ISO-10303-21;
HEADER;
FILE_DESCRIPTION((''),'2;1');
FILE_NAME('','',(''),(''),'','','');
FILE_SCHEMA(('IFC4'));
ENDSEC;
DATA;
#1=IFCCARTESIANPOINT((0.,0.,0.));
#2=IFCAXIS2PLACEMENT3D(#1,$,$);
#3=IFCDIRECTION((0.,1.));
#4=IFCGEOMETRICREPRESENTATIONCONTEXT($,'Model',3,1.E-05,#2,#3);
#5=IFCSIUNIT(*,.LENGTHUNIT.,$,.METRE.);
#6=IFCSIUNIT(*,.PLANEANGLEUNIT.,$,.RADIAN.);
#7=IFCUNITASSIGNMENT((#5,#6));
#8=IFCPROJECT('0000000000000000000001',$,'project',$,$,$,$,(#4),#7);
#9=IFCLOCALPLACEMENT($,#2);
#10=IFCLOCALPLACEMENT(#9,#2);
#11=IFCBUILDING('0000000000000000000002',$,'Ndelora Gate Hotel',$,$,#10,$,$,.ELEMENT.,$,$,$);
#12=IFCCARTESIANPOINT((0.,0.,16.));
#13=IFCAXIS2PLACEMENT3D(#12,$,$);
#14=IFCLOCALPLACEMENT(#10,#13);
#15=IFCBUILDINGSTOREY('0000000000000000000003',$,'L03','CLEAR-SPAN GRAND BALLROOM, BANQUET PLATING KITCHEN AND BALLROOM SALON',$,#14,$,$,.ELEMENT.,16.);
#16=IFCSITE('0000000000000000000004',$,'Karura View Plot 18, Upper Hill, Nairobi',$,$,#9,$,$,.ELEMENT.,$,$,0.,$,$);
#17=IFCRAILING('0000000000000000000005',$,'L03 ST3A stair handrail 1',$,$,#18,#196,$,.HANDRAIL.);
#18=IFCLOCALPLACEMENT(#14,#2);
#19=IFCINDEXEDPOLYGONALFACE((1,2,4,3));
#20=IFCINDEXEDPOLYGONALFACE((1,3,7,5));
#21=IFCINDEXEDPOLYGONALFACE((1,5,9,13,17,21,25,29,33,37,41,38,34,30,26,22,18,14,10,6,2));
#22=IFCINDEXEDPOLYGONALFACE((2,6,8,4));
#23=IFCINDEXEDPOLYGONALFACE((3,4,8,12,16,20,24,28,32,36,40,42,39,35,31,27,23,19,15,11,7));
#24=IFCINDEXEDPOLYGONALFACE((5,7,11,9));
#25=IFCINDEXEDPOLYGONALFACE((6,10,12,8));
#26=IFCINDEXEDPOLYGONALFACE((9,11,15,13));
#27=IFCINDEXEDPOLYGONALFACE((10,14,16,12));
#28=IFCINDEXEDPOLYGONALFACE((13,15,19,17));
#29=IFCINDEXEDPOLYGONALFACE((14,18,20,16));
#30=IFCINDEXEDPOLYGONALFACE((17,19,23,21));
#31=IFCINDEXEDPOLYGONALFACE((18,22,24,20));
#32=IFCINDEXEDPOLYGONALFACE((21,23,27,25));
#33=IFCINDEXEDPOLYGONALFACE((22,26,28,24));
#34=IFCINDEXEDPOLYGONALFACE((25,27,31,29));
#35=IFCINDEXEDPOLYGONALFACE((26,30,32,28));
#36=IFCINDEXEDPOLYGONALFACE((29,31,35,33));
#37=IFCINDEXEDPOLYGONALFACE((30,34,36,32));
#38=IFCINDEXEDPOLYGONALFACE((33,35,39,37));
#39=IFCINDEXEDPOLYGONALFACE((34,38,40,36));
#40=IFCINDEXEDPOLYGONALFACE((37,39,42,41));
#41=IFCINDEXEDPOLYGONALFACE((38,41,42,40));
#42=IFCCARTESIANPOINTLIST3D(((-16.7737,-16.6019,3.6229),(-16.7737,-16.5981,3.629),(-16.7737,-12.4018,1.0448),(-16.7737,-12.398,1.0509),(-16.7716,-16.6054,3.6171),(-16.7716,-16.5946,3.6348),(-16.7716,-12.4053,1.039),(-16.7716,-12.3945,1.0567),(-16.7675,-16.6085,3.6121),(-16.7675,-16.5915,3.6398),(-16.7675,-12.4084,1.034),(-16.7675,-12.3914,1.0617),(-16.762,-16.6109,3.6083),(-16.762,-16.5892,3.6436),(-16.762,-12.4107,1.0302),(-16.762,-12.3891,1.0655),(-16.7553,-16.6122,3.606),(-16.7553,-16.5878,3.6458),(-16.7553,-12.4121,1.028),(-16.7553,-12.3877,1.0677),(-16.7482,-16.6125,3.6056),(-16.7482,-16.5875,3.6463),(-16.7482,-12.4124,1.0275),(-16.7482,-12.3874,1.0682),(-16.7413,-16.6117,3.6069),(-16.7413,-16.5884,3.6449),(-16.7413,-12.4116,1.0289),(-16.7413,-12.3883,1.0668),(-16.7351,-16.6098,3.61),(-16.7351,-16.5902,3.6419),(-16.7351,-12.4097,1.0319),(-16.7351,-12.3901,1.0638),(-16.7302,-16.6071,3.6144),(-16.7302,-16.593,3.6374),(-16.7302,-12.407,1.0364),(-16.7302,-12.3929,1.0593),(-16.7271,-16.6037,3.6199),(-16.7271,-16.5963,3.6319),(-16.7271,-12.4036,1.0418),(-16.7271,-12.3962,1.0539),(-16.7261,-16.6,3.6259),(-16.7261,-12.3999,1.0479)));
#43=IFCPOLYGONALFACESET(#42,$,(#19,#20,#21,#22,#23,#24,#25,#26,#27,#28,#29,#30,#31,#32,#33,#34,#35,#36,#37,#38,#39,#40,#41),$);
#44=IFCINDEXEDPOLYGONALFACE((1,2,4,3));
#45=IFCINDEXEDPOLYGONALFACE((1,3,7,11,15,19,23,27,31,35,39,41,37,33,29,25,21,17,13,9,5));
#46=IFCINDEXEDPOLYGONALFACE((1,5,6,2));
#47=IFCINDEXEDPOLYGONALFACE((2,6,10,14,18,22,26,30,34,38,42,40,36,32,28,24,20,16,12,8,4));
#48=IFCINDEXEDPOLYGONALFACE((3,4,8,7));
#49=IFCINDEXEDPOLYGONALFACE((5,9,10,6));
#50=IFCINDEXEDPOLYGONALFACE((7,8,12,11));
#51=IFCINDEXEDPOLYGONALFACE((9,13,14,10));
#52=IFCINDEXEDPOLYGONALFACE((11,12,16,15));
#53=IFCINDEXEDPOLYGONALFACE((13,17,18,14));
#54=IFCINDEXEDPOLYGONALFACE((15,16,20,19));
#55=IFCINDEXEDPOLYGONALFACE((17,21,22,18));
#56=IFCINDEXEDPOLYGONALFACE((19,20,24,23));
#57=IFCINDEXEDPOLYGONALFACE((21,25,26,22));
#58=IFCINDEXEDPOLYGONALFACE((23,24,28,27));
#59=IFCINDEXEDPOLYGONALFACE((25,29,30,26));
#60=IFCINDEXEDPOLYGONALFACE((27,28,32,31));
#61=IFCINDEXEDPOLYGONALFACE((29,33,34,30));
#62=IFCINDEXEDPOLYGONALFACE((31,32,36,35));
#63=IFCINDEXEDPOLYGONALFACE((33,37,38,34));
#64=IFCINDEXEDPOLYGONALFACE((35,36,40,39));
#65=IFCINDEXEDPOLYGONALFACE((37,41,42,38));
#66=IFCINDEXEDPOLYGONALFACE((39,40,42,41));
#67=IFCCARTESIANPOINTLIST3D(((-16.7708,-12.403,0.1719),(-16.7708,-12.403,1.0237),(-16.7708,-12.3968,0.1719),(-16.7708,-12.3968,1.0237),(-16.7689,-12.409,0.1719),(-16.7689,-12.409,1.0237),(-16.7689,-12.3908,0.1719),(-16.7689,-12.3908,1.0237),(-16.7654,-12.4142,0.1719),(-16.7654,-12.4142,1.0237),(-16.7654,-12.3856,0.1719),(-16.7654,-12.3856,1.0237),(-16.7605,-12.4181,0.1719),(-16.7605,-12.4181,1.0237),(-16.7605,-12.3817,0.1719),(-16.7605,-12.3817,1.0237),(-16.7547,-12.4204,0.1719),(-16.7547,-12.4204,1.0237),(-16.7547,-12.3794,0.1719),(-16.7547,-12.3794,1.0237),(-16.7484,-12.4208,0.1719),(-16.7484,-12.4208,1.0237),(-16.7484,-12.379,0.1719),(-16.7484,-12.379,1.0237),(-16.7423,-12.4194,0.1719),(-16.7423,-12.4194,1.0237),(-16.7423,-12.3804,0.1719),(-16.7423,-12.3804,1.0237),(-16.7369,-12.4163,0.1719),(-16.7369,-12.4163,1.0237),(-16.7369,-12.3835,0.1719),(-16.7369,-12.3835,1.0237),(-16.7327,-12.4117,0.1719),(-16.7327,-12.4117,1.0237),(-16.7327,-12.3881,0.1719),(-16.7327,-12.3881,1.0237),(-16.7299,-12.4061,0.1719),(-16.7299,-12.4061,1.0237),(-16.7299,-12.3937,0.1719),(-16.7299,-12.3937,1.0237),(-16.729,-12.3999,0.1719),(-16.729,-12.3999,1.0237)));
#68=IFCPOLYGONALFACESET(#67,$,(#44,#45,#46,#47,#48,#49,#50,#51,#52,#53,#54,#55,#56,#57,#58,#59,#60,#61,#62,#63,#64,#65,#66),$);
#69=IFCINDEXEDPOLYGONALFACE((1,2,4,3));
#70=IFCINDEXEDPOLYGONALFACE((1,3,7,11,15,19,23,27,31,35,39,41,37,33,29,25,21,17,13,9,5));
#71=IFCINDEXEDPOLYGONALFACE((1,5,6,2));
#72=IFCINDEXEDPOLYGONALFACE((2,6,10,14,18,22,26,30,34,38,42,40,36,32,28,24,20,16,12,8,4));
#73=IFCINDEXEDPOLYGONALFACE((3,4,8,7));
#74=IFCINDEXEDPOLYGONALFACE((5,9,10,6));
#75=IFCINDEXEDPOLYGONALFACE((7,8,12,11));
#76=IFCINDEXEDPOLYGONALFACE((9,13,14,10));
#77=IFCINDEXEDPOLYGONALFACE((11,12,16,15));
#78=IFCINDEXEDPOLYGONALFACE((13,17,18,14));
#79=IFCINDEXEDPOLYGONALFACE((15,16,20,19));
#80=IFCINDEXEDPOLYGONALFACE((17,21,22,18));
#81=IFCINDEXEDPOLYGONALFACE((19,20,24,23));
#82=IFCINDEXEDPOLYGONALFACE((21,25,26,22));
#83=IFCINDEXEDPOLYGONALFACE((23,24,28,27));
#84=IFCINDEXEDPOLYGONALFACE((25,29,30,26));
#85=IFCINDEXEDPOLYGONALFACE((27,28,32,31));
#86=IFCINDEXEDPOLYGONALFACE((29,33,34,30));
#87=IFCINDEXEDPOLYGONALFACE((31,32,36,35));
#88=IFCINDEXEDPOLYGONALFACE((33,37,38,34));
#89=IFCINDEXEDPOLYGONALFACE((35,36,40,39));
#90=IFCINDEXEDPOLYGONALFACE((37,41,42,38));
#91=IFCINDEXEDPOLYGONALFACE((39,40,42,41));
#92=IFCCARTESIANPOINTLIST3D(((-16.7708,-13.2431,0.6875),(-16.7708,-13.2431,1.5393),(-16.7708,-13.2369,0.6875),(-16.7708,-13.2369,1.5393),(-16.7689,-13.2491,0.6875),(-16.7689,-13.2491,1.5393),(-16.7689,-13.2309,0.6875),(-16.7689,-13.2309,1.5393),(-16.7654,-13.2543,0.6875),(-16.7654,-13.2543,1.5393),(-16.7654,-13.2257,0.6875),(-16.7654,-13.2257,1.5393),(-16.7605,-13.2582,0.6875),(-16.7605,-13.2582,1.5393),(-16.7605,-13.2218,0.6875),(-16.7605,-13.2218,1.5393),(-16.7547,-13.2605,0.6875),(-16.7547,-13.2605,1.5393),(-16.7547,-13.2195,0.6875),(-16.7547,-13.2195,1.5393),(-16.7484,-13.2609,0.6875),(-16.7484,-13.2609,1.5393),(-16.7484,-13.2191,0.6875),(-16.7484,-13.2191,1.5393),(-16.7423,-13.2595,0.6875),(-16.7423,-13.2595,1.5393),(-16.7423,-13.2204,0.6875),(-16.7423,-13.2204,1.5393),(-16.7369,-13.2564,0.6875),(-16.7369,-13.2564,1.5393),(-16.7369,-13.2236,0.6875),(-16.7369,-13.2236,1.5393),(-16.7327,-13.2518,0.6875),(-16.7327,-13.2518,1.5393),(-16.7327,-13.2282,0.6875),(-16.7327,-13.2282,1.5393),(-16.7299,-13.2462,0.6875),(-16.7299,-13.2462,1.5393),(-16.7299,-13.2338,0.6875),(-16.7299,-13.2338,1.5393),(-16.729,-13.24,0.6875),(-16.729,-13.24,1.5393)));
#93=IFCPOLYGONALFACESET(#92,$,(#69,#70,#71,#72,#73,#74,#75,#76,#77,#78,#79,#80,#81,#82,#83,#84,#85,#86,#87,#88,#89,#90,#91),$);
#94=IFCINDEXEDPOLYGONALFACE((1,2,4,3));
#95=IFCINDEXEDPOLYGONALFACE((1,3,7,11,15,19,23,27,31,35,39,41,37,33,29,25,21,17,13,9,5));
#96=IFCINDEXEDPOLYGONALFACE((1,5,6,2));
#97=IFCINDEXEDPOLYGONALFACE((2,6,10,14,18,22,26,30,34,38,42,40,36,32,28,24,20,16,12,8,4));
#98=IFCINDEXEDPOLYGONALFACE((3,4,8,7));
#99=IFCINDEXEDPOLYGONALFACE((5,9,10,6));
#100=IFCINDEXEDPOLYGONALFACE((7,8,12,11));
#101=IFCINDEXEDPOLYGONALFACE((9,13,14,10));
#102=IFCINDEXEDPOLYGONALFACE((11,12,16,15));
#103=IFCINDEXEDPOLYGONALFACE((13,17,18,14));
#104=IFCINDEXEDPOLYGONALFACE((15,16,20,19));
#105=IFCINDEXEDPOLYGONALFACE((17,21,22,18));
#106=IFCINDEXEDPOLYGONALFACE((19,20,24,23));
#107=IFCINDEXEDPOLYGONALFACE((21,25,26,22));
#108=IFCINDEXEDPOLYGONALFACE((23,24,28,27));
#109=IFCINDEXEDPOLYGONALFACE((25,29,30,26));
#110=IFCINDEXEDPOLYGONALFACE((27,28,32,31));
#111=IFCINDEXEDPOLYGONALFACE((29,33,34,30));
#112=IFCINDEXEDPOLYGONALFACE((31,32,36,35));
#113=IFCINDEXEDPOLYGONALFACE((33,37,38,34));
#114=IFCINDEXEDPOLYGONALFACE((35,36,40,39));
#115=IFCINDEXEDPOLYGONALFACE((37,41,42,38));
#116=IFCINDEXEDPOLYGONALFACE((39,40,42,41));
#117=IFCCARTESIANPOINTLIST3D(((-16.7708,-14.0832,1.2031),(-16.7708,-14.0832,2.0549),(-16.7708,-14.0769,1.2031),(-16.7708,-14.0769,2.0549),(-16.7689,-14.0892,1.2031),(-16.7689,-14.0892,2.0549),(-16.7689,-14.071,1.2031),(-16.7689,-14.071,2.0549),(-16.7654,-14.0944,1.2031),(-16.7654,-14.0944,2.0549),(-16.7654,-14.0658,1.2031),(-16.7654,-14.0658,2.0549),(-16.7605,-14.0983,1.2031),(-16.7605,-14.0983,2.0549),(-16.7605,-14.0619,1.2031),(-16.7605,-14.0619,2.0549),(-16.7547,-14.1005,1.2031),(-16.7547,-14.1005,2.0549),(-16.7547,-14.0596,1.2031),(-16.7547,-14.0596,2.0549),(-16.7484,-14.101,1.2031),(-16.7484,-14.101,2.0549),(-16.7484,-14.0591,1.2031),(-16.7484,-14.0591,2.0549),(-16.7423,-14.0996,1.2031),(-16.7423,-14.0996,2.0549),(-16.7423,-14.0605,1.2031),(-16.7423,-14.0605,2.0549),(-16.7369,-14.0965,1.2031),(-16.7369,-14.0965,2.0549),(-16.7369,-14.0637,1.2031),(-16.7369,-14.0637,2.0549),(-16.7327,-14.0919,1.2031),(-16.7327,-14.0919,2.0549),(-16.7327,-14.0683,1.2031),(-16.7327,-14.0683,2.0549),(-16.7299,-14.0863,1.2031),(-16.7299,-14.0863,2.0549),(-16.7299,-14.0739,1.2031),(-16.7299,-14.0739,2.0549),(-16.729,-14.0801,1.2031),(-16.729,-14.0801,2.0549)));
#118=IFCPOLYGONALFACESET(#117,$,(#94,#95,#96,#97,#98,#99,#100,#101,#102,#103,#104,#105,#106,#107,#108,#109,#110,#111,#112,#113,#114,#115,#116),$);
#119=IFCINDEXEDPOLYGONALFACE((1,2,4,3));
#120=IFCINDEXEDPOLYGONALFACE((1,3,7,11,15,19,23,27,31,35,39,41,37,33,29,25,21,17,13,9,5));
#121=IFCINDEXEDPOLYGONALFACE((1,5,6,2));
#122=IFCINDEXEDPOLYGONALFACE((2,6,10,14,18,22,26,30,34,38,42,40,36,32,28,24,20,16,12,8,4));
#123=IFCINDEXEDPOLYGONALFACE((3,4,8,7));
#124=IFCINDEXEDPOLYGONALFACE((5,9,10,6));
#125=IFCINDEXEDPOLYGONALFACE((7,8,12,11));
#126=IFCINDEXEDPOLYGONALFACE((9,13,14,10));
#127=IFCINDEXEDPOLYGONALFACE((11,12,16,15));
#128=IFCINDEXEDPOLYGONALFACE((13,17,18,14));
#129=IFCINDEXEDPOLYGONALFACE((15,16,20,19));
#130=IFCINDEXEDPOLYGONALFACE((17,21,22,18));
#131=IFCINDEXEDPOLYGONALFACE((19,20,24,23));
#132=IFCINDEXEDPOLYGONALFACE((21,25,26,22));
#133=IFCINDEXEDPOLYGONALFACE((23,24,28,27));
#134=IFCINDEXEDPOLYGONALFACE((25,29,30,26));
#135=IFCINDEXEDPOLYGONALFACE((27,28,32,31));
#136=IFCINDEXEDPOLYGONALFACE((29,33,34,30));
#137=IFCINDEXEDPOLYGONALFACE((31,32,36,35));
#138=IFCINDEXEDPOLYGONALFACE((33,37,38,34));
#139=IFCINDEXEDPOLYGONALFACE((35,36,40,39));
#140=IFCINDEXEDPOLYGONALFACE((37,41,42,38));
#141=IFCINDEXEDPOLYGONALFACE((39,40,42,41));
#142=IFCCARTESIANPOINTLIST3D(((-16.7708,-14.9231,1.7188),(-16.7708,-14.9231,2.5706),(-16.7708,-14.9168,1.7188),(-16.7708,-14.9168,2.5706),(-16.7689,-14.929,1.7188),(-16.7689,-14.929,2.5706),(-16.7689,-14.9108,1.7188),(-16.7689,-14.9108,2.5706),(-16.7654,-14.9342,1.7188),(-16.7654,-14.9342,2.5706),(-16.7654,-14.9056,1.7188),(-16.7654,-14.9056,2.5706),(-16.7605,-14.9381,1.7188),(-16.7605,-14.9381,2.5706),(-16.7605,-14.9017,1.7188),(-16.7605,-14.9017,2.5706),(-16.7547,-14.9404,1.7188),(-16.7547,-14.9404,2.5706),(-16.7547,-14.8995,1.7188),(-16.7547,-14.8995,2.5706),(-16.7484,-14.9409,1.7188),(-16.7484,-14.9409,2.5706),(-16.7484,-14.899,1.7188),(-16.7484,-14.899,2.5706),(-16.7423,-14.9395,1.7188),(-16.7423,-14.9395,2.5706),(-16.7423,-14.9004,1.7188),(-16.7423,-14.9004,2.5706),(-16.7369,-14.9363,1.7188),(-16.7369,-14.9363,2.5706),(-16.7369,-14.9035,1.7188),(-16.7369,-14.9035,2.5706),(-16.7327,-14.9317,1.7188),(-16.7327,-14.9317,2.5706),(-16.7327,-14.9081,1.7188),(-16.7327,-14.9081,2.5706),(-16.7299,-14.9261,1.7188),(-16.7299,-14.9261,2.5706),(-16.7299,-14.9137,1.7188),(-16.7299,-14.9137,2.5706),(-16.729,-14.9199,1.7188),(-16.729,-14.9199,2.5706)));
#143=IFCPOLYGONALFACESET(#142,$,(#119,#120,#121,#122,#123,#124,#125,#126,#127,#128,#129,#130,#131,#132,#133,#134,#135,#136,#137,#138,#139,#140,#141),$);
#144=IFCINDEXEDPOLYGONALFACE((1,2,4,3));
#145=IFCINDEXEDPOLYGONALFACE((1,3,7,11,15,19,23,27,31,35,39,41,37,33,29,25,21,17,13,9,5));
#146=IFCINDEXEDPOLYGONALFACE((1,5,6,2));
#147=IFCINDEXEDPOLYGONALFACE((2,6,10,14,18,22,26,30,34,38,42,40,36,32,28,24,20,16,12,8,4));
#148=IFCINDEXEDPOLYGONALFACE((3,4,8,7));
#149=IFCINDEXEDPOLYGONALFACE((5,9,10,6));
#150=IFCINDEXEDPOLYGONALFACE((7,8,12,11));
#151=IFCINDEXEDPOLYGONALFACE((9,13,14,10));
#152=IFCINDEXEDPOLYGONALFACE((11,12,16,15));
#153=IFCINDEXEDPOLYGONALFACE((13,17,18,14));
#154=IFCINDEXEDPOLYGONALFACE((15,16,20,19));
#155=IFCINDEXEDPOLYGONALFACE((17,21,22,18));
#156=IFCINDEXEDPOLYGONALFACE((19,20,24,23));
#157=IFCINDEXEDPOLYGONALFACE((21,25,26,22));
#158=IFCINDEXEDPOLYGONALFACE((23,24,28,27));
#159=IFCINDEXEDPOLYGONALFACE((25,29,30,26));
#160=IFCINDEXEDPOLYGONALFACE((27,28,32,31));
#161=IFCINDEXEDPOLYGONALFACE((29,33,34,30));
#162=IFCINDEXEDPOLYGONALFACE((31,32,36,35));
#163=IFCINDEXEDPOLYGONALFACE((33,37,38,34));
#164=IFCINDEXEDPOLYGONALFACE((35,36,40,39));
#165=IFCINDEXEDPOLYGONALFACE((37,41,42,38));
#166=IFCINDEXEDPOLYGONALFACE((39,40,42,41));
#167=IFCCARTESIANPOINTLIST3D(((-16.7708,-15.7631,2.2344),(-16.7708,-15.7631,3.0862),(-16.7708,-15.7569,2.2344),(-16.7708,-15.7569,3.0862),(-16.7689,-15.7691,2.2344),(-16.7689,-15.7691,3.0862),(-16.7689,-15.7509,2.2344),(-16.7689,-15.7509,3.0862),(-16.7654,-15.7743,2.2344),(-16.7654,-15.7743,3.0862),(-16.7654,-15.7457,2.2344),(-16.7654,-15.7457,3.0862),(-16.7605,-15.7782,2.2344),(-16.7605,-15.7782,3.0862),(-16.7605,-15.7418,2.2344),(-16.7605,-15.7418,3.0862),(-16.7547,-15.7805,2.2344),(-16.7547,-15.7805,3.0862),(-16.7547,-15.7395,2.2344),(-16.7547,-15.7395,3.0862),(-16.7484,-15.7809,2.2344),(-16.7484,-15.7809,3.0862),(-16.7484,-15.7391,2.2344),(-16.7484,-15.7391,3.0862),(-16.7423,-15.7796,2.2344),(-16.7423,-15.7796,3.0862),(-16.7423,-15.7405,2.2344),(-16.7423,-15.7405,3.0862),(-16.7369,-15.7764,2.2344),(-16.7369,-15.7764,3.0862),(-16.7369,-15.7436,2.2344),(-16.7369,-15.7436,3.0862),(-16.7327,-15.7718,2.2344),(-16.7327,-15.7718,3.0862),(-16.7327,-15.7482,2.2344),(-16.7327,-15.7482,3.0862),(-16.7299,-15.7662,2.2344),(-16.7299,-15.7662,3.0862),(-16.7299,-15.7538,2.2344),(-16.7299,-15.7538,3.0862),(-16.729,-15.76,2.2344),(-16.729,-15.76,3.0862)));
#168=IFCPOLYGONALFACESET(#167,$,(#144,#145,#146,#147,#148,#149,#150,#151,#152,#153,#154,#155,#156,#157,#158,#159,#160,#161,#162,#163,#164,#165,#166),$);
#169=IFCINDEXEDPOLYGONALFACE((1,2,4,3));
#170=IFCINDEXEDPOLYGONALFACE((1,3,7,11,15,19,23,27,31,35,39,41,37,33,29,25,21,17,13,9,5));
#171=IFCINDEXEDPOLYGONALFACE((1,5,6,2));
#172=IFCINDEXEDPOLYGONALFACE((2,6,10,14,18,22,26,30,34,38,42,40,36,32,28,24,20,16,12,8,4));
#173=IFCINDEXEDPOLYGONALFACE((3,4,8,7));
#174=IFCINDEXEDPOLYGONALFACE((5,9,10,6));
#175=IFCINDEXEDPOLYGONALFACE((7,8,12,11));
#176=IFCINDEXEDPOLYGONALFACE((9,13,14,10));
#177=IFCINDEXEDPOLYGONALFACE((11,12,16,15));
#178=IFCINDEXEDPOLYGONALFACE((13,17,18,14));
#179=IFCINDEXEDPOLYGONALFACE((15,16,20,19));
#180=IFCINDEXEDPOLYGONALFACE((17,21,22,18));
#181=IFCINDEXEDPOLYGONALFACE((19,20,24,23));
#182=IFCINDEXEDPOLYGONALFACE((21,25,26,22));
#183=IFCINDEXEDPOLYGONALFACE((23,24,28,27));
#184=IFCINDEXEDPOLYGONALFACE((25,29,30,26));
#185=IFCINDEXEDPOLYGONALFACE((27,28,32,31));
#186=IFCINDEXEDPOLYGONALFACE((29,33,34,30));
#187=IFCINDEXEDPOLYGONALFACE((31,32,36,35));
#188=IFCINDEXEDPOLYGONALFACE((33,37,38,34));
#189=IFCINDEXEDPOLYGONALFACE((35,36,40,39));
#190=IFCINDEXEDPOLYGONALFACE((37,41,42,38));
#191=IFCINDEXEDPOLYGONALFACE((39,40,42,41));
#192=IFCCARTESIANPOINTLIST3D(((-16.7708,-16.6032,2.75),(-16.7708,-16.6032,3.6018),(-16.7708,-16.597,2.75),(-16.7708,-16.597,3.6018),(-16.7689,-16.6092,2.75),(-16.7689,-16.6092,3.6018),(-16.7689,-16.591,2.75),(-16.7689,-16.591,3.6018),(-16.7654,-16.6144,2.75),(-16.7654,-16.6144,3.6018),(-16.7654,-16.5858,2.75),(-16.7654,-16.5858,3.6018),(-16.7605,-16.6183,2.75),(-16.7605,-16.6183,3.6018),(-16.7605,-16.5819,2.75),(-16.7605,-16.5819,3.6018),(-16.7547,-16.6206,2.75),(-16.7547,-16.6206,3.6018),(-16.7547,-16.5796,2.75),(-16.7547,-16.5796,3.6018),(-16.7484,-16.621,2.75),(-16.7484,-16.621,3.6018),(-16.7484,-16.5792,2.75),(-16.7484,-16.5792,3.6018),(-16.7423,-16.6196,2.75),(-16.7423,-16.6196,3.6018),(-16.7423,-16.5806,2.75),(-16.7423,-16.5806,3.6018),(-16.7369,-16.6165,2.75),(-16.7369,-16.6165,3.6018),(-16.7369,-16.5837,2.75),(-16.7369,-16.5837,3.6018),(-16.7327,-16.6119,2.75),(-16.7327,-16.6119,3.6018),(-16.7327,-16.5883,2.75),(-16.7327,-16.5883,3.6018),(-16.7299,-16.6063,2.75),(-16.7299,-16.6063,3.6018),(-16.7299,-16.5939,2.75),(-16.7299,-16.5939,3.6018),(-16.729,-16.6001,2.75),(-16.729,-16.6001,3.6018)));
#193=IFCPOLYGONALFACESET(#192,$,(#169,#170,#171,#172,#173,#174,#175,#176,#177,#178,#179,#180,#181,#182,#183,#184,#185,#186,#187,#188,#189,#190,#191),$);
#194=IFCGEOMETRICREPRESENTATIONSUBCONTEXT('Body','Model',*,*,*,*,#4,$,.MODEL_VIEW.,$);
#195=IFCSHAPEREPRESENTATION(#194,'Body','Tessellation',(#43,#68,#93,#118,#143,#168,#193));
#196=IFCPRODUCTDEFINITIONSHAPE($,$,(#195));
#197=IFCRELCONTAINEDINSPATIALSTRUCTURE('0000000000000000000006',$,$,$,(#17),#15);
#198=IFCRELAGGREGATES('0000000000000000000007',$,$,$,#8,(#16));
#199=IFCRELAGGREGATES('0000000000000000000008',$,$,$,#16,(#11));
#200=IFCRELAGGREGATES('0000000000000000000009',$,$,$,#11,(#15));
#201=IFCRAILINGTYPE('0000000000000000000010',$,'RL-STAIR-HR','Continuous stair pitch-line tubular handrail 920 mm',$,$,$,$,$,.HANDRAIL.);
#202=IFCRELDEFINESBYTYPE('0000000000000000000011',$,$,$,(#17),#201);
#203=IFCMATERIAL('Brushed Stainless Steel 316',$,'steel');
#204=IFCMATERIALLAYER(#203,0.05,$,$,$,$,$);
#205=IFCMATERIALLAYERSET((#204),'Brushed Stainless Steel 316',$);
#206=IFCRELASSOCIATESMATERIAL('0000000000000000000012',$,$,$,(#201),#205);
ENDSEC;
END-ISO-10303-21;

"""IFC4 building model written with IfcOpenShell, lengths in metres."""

from ifc_helpers import new_model, si_unit, direction, frame, origin, origin_2d, place, context, subcontext, project, spatial, circle, extrude, material, layer, layer_set, type_object, element, save


model = new_model("IFC4")

# Units and contexts
model_context = context("Model", 3, precision=1e-05, world=origin(), true_north=direction((0.0, 1.0)))
body_context = subcontext(model_context, "Body", "Model", "MODEL_VIEW")
ifc_project = project(units=[si_unit("LENGTHUNIT", "METRE"), si_unit("PLANEANGLEUNIT", "RADIAN")], contexts=[model_context])

# Site, building, storey
site_placement = place(None, origin())
site = spatial("IfcSite", under=ifc_project, at=site_placement, Name="Karura View Plot 18, Upper Hill, Nairobi", CompositionType="ELEMENT", RefElevation=0.0)
building_placement = place(site_placement, origin())
building = spatial("IfcBuilding", under=site, at=building_placement, Name="Ndelora Gate Hotel", CompositionType="ELEMENT")
storey_placement = place(building_placement, frame((0.0, 0.0, 16.0)))
storey = spatial("IfcBuildingStorey", under=building, at=storey_placement, Name="L03", Description="CLEAR-SPAN GRAND BALLROOM, BANQUET PLATING KITCHEN AND BALLROOM SALON", CompositionType="ELEMENT", Elevation=16.0)

# Railing
ifc_material_1 = material(Name="Brushed Stainless Steel 316", Category="steel")
ifc_layer_1 = layer(ifc_material_1, 0.05)
ifc_layer_set_1 = layer_set([ifc_layer_1], Name="Brushed Stainless Steel 316")
railing_type_1 = type_object("IfcRailingType", Name="RL-STAIR-HR", Description="Continuous stair pitch-line tubular handrail 920 mm", PredefinedType="HANDRAIL", material=ifc_layer_set_1)
railing_1_placement = place(storey_placement, frame((-16.75, -12.3999, 0.1719)))
element("IfcRailing", 1, at=railing_1_placement, inside=storey, type_object=railing_type_1, Name="L03 ST3A stair handrail 1", PredefinedType="HANDRAIL", context=body_context, shape_type="SweptSolid", body=[
    extrude(circle(Radius=0.0239, at=origin_2d()), frame((0.0, 0.0, 0.876), z_axis=(0.0, -0.852256, 0.523124), x_axis=(1.0, 0.0, 0.0)), (0.0, 0.0, 1.0), 4.9282),
    extrude(circle(Radius=0.021, at=origin_2d()), origin(), (0.0, 0.0, 1.0), 0.8518),
    extrude(circle(Radius=0.021, at=origin_2d()), frame((0.0, -0.8401, 0.5156)), (0.0, 0.0, 1.0), 0.8518),
    extrude(circle(Radius=0.021, at=origin_2d()), frame((0.0, -1.6802, 1.0312)), (0.0, 0.0, 1.0), 0.8518),
    extrude(circle(Radius=0.021, at=origin_2d()), frame((0.0, -2.52, 1.5469)), (0.0, 0.0, 1.0), 0.8518),
    extrude(circle(Radius=0.021, at=origin_2d()), frame((0.0, -3.3601, 2.0625)), (0.0, 0.0, 1.0), 0.8518),
    extrude(circle(Radius=0.021, at=origin_2d()), frame((0.0, -4.2002, 2.5781)), (0.0, 0.0, 1.0), 0.8518),
])

save(model, "model.ifc")
